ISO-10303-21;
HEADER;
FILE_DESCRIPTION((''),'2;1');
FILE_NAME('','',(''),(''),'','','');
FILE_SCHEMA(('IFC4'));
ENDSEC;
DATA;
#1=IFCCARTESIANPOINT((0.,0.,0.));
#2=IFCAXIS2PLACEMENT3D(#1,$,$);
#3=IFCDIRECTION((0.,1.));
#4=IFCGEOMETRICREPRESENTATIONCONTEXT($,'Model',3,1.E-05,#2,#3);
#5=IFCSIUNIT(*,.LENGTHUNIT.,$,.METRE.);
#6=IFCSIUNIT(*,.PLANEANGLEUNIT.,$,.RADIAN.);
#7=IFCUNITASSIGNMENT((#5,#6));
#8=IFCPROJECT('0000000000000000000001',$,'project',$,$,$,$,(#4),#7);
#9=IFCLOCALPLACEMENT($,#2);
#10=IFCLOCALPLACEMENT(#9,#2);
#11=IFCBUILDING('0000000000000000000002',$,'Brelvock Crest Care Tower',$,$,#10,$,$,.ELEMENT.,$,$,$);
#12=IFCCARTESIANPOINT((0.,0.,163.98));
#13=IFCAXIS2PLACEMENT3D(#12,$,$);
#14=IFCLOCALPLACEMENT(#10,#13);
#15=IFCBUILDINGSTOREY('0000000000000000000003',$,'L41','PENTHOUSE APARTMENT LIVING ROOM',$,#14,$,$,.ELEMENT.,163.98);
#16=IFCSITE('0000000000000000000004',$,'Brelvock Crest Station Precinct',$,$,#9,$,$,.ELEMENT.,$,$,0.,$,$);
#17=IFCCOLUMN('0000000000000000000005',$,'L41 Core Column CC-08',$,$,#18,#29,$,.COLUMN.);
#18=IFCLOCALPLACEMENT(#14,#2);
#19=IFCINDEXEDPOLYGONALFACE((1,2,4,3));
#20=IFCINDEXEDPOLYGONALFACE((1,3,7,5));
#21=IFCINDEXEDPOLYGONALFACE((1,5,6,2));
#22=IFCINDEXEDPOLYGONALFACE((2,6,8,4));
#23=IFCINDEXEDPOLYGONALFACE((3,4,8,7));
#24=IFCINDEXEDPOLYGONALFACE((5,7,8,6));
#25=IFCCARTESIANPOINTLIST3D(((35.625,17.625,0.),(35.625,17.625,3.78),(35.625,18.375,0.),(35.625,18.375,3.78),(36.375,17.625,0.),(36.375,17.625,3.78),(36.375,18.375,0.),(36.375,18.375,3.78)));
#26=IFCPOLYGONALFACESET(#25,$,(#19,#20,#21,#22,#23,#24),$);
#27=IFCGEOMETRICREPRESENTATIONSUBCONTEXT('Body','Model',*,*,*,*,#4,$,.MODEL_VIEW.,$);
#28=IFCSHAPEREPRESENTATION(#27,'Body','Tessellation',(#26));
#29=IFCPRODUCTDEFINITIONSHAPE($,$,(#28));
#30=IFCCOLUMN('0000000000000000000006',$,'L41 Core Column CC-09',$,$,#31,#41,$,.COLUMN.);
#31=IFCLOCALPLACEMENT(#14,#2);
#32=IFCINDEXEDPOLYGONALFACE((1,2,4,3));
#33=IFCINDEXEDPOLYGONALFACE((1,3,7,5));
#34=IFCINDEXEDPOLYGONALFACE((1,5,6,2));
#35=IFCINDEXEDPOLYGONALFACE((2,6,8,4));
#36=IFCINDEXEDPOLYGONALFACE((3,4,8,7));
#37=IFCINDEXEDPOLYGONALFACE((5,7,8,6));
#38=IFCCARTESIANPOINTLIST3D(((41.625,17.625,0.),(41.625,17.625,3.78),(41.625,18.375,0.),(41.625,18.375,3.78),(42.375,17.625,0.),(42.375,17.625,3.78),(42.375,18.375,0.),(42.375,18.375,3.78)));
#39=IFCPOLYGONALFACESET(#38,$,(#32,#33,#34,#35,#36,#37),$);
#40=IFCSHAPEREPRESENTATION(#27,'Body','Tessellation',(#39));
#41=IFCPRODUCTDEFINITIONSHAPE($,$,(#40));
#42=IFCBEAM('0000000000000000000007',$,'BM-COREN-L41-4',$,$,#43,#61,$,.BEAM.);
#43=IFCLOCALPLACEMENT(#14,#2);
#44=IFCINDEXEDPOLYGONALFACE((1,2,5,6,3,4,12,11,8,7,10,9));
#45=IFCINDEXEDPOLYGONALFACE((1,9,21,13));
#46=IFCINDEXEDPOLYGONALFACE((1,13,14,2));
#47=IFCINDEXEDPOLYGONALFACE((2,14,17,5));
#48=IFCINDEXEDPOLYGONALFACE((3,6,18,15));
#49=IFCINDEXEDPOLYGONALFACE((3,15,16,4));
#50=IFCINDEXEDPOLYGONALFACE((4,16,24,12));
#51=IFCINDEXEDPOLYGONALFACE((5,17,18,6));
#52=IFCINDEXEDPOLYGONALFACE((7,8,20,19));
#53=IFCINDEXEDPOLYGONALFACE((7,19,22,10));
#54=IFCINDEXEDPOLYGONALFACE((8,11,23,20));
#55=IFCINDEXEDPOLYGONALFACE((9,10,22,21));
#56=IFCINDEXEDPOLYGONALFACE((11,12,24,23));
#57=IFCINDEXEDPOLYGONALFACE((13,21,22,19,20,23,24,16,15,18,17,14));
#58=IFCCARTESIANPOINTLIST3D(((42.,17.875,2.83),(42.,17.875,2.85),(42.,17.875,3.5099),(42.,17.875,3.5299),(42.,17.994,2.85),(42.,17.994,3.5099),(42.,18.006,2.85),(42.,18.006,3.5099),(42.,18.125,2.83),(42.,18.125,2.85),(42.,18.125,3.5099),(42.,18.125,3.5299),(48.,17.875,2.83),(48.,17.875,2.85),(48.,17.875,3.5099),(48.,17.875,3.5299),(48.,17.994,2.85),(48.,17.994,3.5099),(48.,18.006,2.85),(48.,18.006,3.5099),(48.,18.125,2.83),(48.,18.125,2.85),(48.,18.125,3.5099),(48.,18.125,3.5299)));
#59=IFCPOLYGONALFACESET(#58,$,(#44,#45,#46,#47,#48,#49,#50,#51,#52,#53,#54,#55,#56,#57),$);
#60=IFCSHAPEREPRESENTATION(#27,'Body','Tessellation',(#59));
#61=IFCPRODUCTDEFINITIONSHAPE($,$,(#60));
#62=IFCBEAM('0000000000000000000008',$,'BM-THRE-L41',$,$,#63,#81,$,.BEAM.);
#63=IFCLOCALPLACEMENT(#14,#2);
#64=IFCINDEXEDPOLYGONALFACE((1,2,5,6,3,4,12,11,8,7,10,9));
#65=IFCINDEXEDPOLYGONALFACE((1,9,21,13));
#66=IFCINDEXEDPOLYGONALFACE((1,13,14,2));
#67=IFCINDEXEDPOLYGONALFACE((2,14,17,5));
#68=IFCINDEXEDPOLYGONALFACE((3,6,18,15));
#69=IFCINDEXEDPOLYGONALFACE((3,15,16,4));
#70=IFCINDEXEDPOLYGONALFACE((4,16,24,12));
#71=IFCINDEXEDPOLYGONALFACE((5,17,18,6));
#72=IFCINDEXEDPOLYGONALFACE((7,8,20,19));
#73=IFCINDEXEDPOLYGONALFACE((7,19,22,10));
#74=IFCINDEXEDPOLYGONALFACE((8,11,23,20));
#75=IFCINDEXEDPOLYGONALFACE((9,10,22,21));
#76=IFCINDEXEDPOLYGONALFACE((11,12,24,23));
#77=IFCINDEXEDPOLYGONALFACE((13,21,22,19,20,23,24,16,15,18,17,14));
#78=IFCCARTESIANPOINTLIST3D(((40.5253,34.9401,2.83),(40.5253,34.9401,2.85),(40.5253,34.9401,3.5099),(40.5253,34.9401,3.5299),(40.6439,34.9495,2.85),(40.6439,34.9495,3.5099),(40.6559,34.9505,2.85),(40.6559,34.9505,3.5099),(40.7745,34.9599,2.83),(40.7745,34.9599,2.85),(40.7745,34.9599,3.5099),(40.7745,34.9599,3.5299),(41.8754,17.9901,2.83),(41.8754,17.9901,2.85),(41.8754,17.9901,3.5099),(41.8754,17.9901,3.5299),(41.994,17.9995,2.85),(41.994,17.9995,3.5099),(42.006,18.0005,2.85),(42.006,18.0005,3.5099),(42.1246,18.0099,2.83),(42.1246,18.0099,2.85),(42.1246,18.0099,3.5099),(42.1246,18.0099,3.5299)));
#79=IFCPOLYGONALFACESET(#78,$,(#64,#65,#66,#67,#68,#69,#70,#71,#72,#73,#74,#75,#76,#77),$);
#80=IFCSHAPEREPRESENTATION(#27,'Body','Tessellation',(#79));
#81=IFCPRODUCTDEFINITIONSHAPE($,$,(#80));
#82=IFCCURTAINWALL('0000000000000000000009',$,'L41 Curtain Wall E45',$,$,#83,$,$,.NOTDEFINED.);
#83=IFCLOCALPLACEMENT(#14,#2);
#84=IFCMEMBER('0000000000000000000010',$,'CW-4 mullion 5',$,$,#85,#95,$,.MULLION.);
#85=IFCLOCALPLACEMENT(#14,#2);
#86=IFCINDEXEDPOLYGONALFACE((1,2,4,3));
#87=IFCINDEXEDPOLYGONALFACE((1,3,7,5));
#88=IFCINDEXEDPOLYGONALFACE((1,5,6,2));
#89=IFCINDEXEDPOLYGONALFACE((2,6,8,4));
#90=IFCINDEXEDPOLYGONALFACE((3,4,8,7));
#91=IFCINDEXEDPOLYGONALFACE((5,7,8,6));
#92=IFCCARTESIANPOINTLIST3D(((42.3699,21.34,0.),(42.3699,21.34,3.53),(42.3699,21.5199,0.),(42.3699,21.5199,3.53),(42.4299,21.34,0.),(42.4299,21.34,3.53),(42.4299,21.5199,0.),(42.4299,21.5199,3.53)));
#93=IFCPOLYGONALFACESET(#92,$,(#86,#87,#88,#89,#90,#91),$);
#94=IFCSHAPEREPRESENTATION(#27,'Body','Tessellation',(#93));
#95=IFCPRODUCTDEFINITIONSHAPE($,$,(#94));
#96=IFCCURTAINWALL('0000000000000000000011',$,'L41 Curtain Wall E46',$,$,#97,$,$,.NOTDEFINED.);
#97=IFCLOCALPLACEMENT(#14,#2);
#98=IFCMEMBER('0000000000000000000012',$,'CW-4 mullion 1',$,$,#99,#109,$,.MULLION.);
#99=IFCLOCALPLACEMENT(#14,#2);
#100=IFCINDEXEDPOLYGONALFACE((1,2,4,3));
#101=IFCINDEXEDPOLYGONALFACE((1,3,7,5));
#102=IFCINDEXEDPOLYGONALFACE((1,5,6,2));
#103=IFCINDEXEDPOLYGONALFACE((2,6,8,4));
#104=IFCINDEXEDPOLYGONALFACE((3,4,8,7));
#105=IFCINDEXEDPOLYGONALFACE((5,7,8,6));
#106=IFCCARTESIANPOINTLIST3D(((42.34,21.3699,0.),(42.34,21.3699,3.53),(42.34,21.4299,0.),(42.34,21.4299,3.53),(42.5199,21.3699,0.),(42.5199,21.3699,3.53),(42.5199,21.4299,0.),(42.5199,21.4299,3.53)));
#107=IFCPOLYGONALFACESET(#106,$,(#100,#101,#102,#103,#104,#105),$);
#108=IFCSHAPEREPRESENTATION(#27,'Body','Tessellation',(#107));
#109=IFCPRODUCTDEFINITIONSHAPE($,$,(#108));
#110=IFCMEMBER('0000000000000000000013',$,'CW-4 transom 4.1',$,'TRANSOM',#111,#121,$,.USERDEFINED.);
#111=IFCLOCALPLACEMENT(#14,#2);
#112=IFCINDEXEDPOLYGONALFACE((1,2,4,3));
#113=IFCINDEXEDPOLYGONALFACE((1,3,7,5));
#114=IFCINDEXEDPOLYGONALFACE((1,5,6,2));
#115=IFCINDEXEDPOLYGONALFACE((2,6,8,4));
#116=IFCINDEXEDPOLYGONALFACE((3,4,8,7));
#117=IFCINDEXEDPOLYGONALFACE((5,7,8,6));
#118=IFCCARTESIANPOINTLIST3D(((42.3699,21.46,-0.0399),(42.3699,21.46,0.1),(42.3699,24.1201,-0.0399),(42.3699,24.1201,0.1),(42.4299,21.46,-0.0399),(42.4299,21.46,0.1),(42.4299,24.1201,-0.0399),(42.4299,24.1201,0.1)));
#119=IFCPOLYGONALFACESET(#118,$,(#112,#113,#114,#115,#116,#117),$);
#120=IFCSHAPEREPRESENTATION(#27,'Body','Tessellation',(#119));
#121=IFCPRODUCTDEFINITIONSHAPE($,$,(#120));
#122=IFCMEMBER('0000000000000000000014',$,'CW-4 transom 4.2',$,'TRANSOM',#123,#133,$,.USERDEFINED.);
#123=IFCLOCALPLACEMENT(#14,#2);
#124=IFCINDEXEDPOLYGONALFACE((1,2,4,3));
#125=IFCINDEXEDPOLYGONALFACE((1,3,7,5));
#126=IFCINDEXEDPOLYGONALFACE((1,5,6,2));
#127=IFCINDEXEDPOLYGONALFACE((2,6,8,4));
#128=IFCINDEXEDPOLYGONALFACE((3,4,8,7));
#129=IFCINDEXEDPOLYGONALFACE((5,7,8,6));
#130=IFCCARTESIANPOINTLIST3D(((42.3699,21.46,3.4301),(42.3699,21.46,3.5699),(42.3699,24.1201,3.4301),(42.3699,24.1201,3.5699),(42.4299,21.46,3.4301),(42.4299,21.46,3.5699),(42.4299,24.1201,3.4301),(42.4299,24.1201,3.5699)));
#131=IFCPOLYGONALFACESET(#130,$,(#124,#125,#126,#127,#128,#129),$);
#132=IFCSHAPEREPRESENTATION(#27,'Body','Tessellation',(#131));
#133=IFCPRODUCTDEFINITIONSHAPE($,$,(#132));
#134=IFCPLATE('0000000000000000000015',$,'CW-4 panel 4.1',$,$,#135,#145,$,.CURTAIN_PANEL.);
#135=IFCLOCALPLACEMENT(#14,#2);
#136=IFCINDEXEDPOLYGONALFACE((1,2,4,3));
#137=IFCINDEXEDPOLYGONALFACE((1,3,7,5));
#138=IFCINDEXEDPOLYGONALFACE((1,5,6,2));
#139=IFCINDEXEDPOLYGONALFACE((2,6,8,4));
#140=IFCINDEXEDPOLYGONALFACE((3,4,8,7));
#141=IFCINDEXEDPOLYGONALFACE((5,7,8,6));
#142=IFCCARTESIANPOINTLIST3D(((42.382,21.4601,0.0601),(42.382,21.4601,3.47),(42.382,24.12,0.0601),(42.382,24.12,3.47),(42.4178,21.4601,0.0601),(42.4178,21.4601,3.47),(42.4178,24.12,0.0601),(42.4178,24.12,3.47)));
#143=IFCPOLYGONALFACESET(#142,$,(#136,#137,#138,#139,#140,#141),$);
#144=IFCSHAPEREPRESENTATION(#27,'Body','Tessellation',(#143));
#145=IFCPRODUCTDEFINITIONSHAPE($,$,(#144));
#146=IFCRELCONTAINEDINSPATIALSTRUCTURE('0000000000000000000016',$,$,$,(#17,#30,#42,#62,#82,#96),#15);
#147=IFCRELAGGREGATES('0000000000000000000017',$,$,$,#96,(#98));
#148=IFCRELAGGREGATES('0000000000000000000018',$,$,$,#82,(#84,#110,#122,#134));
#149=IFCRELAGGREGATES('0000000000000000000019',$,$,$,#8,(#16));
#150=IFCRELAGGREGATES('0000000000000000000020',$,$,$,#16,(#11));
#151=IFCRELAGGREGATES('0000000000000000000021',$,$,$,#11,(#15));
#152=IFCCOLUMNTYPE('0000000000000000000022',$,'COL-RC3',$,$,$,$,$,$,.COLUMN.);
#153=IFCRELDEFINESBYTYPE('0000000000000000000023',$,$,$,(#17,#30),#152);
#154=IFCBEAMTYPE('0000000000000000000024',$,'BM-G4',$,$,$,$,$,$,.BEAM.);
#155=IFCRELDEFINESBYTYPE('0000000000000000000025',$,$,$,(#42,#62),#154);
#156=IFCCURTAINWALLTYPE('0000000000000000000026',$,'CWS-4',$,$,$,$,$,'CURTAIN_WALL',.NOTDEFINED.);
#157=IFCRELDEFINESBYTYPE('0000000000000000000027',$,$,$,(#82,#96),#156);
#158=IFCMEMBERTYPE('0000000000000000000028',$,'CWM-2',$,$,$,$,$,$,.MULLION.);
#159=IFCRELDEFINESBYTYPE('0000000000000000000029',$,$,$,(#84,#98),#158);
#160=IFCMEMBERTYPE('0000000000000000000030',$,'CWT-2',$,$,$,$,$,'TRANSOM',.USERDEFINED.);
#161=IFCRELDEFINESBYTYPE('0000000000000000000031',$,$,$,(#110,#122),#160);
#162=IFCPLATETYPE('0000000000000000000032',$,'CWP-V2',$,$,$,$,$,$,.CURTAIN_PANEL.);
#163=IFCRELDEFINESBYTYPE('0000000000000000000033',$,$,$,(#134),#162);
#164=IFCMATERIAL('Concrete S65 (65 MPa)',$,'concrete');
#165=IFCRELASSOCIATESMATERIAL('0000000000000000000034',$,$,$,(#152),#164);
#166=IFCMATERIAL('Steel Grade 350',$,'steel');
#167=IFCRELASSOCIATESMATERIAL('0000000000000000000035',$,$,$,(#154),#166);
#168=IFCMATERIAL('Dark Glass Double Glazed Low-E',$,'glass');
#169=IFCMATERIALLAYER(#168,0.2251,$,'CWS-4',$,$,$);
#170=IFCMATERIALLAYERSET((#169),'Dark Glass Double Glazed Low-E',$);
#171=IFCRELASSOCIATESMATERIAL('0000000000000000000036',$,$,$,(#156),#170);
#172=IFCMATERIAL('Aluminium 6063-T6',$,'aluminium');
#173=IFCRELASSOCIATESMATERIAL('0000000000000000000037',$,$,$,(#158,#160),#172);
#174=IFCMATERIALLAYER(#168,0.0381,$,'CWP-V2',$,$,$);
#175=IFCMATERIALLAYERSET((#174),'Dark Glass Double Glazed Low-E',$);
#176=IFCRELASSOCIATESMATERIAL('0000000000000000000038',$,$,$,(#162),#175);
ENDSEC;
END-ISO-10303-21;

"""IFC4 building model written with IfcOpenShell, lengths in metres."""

from ifc_helpers import new_model, si_unit, direction, frame, origin, origin_2d, place, context, subcontext, project, spatial, rectangle, i_section, extrude, source, transform, mapped, material, layer, layer_set, material_profile, profile_set, type_object, element, aggregate, save


model = new_model("IFC4")

# Units and contexts
model_context = context("Model", 3, precision=1e-05, world=origin(), true_north=direction((0.0, 1.0)))
body_context = subcontext(model_context, "Body", "Model", "MODEL_VIEW")
ifc_project = project(units=[si_unit("LENGTHUNIT", "METRE"), si_unit("PLANEANGLEUNIT", "RADIAN")], contexts=[model_context])

# Site, building, storey
site_placement = place(None, origin())
site = spatial("IfcSite", under=ifc_project, at=site_placement, Name="Brelvock Crest Station Precinct", CompositionType="ELEMENT", RefElevation=0.0)
building_placement = place(site_placement, origin())
building = spatial("IfcBuilding", under=site, at=building_placement, Name="Brelvock Crest Care Tower", CompositionType="ELEMENT")
storey_placement = place(building_placement, frame((0.0, 0.0, 163.98)))
storey = spatial("IfcBuildingStorey", under=building, at=storey_placement, Name="L41", Description="PENTHOUSE APARTMENT LIVING ROOM", CompositionType="ELEMENT", Elevation=163.98)

# Columns
ifc_material_1 = material(Name="Concrete S65 (65 MPa)", Category="concrete")
ifc_material_profile_1 = material_profile(ifc_material_1, rectangle(XDim=0.75, YDim=0.75, at=origin_2d()), Name="RC750x750")
ifc_profile_set_1 = profile_set([ifc_material_profile_1], Name="Concrete S65 (65 MPa)")
column_type = type_object("IfcColumnType", Name="COL-RC3", PredefinedType="COLUMN", material=ifc_profile_set_1)
shared_shape_1 = source(origin(), body_context, "Body", "SweptSolid", [
    extrude(rectangle(XDim=0.75, YDim=0.75, at=origin_2d()), origin(), (0.0, 0.0, 1.0), 3.78),
])
for number, where, z_axis, x_axis, name in (
    (1, (36.0, 18.0, 0.0), (0.0, 0.0, 1.0), (1.0, 0.0, 0.0), "L41 Core Column CC-08"),
    (2, (42.0, 18.0, 0.0), (0.0, 0.0, 1.0), (1.0, 0.0, 0.0), "L41 Core Column CC-09"),
):
    element("IfcColumn", number, at=place(storey_placement, frame(where, z_axis=z_axis, x_axis=x_axis)), inside=storey, type_object=column_type, Name=name, PredefinedType="COLUMN", context=body_context, shape_type="MappedRepresentation", body=[
        mapped(shared_shape_1, transform((0.0, 0.0, 0.0), x_axis=(1.0, 0.0, 0.0), y_axis=(0.0, 1.0, 0.0), z_axis=(0.0, 0.0, 1.0), scale=1.0)),
    ])

# Beams
ifc_material_2 = material(Name="Steel Grade 350", Category="steel")
ifc_material_profile_2 = material_profile(ifc_material_2, i_section(OverallWidth=0.25, OverallDepth=0.7, WebThickness=0.012, FlangeThickness=0.02, at=origin_2d()), Name="700WB150")
ifc_profile_set_2 = profile_set([ifc_material_profile_2], Name="Steel Grade 350")
beam_type = type_object("IfcBeamType", Name="BM-G4", PredefinedType="BEAM", material=ifc_profile_set_2)
shared_shape_2 = source(origin(), body_context, "Body", "SweptSolid", [
    extrude(i_section(OverallWidth=0.25, OverallDepth=0.7, WebThickness=0.012, FlangeThickness=0.02, at=origin_2d()), origin(), (0.0, 0.0, 1.0), 6.0),
])
beam_1_placement = place(storey_placement, frame((42.0, 18.0, 3.1799), z_axis=(1.0, 0.0, 0.0), x_axis=(0.0, 1.0, 0.0)))
element("IfcBeam", 3, at=beam_1_placement, inside=storey, type_object=beam_type, Name="BM-COREN-L41-4", PredefinedType="BEAM", context=body_context, shape_type="MappedRepresentation", body=[
    mapped(shared_shape_2, transform((0.0, 0.0, 0.0), x_axis=(1.0, 0.0, 0.0), y_axis=(0.0, 1.0, 0.0), z_axis=(0.0, 0.0, 1.0), scale=1.0)),
])
shared_shape_3 = source(origin(), body_context, "Body", "SweptSolid", [
    extrude(i_section(OverallWidth=0.25, OverallDepth=0.7, WebThickness=0.012, FlangeThickness=0.02, at=origin_2d()), origin(), (0.0, 0.0, 1.0), 17.0037),
])
beam_2_placement = place(storey_placement, frame((42.0, 18.0, 3.1799), z_axis=(-0.079401, 0.996843, 0.0), x_axis=(-0.996843, -0.079401, 0.0)))
element("IfcBeam", 4, at=beam_2_placement, inside=storey, type_object=beam_type, Name="BM-THRE-L41", PredefinedType="BEAM", context=body_context, shape_type="MappedRepresentation", body=[
    mapped(shared_shape_3, transform((0.0, 0.0, 0.0), x_axis=(1.0, 0.0, 0.0), y_axis=(0.0, 1.0, 0.0), z_axis=(0.0, 0.0, 1.0), scale=1.0)),
])

# Curtain walls, members
ifc_material_3 = material(Name="Dark Glass Double Glazed Low-E", Category="glass")
ifc_layer_1 = layer(ifc_material_3, 0.2251, Name="CWS-4")
ifc_layer_set_1 = layer_set([ifc_layer_1], Name="Dark Glass Double Glazed Low-E")
curtain_wall_type = type_object("IfcCurtainWallType", Name="CWS-4", ElementType="CURTAIN_WALL", PredefinedType="NOTDEFINED", material=ifc_layer_set_1)
curtain_wall_1_placement = place(storey_placement, origin())
curtain_wall_1 = element("IfcCurtainWall", 5, at=curtain_wall_1_placement, inside=storey, type_object=curtain_wall_type, Name="L41 Curtain Wall E45", PredefinedType="NOTDEFINED")
ifc_material_4 = material(Name="Aluminium 6063-T6", Category="aluminium")
ifc_material_profile_3 = material_profile(ifc_material_4, rectangle(XDim=0.0601, YDim=0.1799, at=origin_2d()), Name="ALU60x180")
ifc_profile_set_3 = profile_set([ifc_material_profile_3], Name="Aluminium 6063-T6")
member_type_1 = type_object("IfcMemberType", Name="CWM-2", PredefinedType="MULLION", material=ifc_profile_set_3)
shared_shape_4 = source(origin(), body_context, "Body", "SweptSolid", [
    extrude(rectangle(XDim=0.0601, YDim=0.1799, at=origin_2d()), origin(), (0.0, 0.0, 1.0), 3.53),
])
member_1_placement = place(storey_placement, frame((42.3999, 21.4299, 0.0), z_axis=(0.0, 0.0, 1.0), x_axis=(1.0, 0.0, 0.0)))
member_1 = element("IfcMember", 6, at=member_1_placement, type_object=member_type_1, Name="CW-4 mullion 5", PredefinedType="MULLION", context=body_context, shape_type="MappedRepresentation", body=[
    mapped(shared_shape_4, transform((0.0, 0.0, 0.0), x_axis=(1.0, 0.0, 0.0), y_axis=(0.0, 1.0, 0.0), z_axis=(0.0, 0.0, 1.0), scale=1.0)),
])
curtain_wall_2_placement = place(storey_placement, origin())
curtain_wall_2 = element("IfcCurtainWall", 7, at=curtain_wall_2_placement, inside=storey, type_object=curtain_wall_type, Name="L41 Curtain Wall E46", PredefinedType="NOTDEFINED")
member_2_placement = place(storey_placement, frame((42.4299, 21.3999, 0.0), z_axis=(0.0, 0.0, 1.0), x_axis=(0.0, 1.0, 0.0)))
member_2 = element("IfcMember", 8, at=member_2_placement, type_object=member_type_1, Name="CW-4 mullion 1", PredefinedType="MULLION", context=body_context, shape_type="MappedRepresentation", body=[
    mapped(shared_shape_4, transform((0.0, 0.0, 0.0), x_axis=(1.0, 0.0, 0.0), y_axis=(0.0, 1.0, 0.0), z_axis=(0.0, 0.0, 1.0), scale=1.0)),
])
aggregate(curtain_wall_2, [member_2])

# Members
ifc_material_profile_4 = material_profile(ifc_material_4, rectangle(XDim=0.0601, YDim=0.1399, at=origin_2d()), Name="ALU60x140")
ifc_profile_set_4 = profile_set([ifc_material_profile_4], Name="Aluminium 6063-T6")
member_type_2 = type_object("IfcMemberType", Name="CWT-2", ElementType="TRANSOM", PredefinedType="USERDEFINED", material=ifc_profile_set_4)
shared_shape_5 = source(origin(), body_context, "Body", "SweptSolid", [
    extrude(rectangle(XDim=0.0601, YDim=0.1399, at=origin_2d()), origin(), (0.0, 0.0, 1.0), 2.6602),
])
member_3_placement = place(storey_placement, frame((42.3999, 24.1201, 0.03), z_axis=(0.0, -1.0, 0.0), x_axis=(1.0, 0.0, 0.0)))
member_3 = element("IfcMember", 9, at=member_3_placement, type_object=member_type_2, Name="CW-4 transom 4.1", ObjectType="TRANSOM", PredefinedType="USERDEFINED", context=body_context, shape_type="MappedRepresentation", body=[
    mapped(shared_shape_5, transform((0.0, 0.0, 0.0), x_axis=(1.0, 0.0, 0.0), y_axis=(0.0, 1.0, 0.0), z_axis=(0.0, 0.0, 1.0), scale=1.0)),
])
member_4_placement = place(storey_placement, frame((42.3999, 24.1201, 3.5), z_axis=(0.0, -1.0, 0.0), x_axis=(1.0, 0.0, 0.0)))
member_4 = element("IfcMember", 10, at=member_4_placement, type_object=member_type_2, Name="CW-4 transom 4.2", ObjectType="TRANSOM", PredefinedType="USERDEFINED", context=body_context, shape_type="MappedRepresentation", body=[
    mapped(shared_shape_5, transform((0.0, 0.0, 0.0), x_axis=(1.0, 0.0, 0.0), y_axis=(0.0, 1.0, 0.0), z_axis=(0.0, 0.0, 1.0), scale=1.0)),
])

# Plate
ifc_layer_2 = layer(ifc_material_3, 0.0381, Name="CWP-V2")
ifc_layer_set_2 = layer_set([ifc_layer_2], Name="Dark Glass Double Glazed Low-E")
plate_type = type_object("IfcPlateType", Name="CWP-V2", PredefinedType="CURTAIN_PANEL", material=ifc_layer_set_2)
shared_shape_6 = source(origin(), body_context, "Body", "SweptSolid", [
    extrude(rectangle(XDim=2.6599, YDim=0.0359, at=origin_2d()), origin(), (0.0, 0.0, 1.0), 3.4099),
])
plate_placement = place(storey_placement, frame((42.3999, 22.79, 0.0601), z_axis=(0.0, 0.0, 1.0), x_axis=(0.0, -1.0, 0.0)))
plate = element("IfcPlate", 11, at=plate_placement, type_object=plate_type, Name="CW-4 panel 4.1", PredefinedType="CURTAIN_PANEL", context=body_context, shape_type="MappedRepresentation", body=[
    mapped(shared_shape_6, transform((0.0, 0.0, 0.0), x_axis=(1.0, 0.0, 0.0), y_axis=(0.0, 1.0, 0.0), z_axis=(0.0, 0.0, 1.0), scale=1.0)),
])
aggregate(curtain_wall_1, [member_1, member_3, member_4, plate])

save(model, "model.ifc")
